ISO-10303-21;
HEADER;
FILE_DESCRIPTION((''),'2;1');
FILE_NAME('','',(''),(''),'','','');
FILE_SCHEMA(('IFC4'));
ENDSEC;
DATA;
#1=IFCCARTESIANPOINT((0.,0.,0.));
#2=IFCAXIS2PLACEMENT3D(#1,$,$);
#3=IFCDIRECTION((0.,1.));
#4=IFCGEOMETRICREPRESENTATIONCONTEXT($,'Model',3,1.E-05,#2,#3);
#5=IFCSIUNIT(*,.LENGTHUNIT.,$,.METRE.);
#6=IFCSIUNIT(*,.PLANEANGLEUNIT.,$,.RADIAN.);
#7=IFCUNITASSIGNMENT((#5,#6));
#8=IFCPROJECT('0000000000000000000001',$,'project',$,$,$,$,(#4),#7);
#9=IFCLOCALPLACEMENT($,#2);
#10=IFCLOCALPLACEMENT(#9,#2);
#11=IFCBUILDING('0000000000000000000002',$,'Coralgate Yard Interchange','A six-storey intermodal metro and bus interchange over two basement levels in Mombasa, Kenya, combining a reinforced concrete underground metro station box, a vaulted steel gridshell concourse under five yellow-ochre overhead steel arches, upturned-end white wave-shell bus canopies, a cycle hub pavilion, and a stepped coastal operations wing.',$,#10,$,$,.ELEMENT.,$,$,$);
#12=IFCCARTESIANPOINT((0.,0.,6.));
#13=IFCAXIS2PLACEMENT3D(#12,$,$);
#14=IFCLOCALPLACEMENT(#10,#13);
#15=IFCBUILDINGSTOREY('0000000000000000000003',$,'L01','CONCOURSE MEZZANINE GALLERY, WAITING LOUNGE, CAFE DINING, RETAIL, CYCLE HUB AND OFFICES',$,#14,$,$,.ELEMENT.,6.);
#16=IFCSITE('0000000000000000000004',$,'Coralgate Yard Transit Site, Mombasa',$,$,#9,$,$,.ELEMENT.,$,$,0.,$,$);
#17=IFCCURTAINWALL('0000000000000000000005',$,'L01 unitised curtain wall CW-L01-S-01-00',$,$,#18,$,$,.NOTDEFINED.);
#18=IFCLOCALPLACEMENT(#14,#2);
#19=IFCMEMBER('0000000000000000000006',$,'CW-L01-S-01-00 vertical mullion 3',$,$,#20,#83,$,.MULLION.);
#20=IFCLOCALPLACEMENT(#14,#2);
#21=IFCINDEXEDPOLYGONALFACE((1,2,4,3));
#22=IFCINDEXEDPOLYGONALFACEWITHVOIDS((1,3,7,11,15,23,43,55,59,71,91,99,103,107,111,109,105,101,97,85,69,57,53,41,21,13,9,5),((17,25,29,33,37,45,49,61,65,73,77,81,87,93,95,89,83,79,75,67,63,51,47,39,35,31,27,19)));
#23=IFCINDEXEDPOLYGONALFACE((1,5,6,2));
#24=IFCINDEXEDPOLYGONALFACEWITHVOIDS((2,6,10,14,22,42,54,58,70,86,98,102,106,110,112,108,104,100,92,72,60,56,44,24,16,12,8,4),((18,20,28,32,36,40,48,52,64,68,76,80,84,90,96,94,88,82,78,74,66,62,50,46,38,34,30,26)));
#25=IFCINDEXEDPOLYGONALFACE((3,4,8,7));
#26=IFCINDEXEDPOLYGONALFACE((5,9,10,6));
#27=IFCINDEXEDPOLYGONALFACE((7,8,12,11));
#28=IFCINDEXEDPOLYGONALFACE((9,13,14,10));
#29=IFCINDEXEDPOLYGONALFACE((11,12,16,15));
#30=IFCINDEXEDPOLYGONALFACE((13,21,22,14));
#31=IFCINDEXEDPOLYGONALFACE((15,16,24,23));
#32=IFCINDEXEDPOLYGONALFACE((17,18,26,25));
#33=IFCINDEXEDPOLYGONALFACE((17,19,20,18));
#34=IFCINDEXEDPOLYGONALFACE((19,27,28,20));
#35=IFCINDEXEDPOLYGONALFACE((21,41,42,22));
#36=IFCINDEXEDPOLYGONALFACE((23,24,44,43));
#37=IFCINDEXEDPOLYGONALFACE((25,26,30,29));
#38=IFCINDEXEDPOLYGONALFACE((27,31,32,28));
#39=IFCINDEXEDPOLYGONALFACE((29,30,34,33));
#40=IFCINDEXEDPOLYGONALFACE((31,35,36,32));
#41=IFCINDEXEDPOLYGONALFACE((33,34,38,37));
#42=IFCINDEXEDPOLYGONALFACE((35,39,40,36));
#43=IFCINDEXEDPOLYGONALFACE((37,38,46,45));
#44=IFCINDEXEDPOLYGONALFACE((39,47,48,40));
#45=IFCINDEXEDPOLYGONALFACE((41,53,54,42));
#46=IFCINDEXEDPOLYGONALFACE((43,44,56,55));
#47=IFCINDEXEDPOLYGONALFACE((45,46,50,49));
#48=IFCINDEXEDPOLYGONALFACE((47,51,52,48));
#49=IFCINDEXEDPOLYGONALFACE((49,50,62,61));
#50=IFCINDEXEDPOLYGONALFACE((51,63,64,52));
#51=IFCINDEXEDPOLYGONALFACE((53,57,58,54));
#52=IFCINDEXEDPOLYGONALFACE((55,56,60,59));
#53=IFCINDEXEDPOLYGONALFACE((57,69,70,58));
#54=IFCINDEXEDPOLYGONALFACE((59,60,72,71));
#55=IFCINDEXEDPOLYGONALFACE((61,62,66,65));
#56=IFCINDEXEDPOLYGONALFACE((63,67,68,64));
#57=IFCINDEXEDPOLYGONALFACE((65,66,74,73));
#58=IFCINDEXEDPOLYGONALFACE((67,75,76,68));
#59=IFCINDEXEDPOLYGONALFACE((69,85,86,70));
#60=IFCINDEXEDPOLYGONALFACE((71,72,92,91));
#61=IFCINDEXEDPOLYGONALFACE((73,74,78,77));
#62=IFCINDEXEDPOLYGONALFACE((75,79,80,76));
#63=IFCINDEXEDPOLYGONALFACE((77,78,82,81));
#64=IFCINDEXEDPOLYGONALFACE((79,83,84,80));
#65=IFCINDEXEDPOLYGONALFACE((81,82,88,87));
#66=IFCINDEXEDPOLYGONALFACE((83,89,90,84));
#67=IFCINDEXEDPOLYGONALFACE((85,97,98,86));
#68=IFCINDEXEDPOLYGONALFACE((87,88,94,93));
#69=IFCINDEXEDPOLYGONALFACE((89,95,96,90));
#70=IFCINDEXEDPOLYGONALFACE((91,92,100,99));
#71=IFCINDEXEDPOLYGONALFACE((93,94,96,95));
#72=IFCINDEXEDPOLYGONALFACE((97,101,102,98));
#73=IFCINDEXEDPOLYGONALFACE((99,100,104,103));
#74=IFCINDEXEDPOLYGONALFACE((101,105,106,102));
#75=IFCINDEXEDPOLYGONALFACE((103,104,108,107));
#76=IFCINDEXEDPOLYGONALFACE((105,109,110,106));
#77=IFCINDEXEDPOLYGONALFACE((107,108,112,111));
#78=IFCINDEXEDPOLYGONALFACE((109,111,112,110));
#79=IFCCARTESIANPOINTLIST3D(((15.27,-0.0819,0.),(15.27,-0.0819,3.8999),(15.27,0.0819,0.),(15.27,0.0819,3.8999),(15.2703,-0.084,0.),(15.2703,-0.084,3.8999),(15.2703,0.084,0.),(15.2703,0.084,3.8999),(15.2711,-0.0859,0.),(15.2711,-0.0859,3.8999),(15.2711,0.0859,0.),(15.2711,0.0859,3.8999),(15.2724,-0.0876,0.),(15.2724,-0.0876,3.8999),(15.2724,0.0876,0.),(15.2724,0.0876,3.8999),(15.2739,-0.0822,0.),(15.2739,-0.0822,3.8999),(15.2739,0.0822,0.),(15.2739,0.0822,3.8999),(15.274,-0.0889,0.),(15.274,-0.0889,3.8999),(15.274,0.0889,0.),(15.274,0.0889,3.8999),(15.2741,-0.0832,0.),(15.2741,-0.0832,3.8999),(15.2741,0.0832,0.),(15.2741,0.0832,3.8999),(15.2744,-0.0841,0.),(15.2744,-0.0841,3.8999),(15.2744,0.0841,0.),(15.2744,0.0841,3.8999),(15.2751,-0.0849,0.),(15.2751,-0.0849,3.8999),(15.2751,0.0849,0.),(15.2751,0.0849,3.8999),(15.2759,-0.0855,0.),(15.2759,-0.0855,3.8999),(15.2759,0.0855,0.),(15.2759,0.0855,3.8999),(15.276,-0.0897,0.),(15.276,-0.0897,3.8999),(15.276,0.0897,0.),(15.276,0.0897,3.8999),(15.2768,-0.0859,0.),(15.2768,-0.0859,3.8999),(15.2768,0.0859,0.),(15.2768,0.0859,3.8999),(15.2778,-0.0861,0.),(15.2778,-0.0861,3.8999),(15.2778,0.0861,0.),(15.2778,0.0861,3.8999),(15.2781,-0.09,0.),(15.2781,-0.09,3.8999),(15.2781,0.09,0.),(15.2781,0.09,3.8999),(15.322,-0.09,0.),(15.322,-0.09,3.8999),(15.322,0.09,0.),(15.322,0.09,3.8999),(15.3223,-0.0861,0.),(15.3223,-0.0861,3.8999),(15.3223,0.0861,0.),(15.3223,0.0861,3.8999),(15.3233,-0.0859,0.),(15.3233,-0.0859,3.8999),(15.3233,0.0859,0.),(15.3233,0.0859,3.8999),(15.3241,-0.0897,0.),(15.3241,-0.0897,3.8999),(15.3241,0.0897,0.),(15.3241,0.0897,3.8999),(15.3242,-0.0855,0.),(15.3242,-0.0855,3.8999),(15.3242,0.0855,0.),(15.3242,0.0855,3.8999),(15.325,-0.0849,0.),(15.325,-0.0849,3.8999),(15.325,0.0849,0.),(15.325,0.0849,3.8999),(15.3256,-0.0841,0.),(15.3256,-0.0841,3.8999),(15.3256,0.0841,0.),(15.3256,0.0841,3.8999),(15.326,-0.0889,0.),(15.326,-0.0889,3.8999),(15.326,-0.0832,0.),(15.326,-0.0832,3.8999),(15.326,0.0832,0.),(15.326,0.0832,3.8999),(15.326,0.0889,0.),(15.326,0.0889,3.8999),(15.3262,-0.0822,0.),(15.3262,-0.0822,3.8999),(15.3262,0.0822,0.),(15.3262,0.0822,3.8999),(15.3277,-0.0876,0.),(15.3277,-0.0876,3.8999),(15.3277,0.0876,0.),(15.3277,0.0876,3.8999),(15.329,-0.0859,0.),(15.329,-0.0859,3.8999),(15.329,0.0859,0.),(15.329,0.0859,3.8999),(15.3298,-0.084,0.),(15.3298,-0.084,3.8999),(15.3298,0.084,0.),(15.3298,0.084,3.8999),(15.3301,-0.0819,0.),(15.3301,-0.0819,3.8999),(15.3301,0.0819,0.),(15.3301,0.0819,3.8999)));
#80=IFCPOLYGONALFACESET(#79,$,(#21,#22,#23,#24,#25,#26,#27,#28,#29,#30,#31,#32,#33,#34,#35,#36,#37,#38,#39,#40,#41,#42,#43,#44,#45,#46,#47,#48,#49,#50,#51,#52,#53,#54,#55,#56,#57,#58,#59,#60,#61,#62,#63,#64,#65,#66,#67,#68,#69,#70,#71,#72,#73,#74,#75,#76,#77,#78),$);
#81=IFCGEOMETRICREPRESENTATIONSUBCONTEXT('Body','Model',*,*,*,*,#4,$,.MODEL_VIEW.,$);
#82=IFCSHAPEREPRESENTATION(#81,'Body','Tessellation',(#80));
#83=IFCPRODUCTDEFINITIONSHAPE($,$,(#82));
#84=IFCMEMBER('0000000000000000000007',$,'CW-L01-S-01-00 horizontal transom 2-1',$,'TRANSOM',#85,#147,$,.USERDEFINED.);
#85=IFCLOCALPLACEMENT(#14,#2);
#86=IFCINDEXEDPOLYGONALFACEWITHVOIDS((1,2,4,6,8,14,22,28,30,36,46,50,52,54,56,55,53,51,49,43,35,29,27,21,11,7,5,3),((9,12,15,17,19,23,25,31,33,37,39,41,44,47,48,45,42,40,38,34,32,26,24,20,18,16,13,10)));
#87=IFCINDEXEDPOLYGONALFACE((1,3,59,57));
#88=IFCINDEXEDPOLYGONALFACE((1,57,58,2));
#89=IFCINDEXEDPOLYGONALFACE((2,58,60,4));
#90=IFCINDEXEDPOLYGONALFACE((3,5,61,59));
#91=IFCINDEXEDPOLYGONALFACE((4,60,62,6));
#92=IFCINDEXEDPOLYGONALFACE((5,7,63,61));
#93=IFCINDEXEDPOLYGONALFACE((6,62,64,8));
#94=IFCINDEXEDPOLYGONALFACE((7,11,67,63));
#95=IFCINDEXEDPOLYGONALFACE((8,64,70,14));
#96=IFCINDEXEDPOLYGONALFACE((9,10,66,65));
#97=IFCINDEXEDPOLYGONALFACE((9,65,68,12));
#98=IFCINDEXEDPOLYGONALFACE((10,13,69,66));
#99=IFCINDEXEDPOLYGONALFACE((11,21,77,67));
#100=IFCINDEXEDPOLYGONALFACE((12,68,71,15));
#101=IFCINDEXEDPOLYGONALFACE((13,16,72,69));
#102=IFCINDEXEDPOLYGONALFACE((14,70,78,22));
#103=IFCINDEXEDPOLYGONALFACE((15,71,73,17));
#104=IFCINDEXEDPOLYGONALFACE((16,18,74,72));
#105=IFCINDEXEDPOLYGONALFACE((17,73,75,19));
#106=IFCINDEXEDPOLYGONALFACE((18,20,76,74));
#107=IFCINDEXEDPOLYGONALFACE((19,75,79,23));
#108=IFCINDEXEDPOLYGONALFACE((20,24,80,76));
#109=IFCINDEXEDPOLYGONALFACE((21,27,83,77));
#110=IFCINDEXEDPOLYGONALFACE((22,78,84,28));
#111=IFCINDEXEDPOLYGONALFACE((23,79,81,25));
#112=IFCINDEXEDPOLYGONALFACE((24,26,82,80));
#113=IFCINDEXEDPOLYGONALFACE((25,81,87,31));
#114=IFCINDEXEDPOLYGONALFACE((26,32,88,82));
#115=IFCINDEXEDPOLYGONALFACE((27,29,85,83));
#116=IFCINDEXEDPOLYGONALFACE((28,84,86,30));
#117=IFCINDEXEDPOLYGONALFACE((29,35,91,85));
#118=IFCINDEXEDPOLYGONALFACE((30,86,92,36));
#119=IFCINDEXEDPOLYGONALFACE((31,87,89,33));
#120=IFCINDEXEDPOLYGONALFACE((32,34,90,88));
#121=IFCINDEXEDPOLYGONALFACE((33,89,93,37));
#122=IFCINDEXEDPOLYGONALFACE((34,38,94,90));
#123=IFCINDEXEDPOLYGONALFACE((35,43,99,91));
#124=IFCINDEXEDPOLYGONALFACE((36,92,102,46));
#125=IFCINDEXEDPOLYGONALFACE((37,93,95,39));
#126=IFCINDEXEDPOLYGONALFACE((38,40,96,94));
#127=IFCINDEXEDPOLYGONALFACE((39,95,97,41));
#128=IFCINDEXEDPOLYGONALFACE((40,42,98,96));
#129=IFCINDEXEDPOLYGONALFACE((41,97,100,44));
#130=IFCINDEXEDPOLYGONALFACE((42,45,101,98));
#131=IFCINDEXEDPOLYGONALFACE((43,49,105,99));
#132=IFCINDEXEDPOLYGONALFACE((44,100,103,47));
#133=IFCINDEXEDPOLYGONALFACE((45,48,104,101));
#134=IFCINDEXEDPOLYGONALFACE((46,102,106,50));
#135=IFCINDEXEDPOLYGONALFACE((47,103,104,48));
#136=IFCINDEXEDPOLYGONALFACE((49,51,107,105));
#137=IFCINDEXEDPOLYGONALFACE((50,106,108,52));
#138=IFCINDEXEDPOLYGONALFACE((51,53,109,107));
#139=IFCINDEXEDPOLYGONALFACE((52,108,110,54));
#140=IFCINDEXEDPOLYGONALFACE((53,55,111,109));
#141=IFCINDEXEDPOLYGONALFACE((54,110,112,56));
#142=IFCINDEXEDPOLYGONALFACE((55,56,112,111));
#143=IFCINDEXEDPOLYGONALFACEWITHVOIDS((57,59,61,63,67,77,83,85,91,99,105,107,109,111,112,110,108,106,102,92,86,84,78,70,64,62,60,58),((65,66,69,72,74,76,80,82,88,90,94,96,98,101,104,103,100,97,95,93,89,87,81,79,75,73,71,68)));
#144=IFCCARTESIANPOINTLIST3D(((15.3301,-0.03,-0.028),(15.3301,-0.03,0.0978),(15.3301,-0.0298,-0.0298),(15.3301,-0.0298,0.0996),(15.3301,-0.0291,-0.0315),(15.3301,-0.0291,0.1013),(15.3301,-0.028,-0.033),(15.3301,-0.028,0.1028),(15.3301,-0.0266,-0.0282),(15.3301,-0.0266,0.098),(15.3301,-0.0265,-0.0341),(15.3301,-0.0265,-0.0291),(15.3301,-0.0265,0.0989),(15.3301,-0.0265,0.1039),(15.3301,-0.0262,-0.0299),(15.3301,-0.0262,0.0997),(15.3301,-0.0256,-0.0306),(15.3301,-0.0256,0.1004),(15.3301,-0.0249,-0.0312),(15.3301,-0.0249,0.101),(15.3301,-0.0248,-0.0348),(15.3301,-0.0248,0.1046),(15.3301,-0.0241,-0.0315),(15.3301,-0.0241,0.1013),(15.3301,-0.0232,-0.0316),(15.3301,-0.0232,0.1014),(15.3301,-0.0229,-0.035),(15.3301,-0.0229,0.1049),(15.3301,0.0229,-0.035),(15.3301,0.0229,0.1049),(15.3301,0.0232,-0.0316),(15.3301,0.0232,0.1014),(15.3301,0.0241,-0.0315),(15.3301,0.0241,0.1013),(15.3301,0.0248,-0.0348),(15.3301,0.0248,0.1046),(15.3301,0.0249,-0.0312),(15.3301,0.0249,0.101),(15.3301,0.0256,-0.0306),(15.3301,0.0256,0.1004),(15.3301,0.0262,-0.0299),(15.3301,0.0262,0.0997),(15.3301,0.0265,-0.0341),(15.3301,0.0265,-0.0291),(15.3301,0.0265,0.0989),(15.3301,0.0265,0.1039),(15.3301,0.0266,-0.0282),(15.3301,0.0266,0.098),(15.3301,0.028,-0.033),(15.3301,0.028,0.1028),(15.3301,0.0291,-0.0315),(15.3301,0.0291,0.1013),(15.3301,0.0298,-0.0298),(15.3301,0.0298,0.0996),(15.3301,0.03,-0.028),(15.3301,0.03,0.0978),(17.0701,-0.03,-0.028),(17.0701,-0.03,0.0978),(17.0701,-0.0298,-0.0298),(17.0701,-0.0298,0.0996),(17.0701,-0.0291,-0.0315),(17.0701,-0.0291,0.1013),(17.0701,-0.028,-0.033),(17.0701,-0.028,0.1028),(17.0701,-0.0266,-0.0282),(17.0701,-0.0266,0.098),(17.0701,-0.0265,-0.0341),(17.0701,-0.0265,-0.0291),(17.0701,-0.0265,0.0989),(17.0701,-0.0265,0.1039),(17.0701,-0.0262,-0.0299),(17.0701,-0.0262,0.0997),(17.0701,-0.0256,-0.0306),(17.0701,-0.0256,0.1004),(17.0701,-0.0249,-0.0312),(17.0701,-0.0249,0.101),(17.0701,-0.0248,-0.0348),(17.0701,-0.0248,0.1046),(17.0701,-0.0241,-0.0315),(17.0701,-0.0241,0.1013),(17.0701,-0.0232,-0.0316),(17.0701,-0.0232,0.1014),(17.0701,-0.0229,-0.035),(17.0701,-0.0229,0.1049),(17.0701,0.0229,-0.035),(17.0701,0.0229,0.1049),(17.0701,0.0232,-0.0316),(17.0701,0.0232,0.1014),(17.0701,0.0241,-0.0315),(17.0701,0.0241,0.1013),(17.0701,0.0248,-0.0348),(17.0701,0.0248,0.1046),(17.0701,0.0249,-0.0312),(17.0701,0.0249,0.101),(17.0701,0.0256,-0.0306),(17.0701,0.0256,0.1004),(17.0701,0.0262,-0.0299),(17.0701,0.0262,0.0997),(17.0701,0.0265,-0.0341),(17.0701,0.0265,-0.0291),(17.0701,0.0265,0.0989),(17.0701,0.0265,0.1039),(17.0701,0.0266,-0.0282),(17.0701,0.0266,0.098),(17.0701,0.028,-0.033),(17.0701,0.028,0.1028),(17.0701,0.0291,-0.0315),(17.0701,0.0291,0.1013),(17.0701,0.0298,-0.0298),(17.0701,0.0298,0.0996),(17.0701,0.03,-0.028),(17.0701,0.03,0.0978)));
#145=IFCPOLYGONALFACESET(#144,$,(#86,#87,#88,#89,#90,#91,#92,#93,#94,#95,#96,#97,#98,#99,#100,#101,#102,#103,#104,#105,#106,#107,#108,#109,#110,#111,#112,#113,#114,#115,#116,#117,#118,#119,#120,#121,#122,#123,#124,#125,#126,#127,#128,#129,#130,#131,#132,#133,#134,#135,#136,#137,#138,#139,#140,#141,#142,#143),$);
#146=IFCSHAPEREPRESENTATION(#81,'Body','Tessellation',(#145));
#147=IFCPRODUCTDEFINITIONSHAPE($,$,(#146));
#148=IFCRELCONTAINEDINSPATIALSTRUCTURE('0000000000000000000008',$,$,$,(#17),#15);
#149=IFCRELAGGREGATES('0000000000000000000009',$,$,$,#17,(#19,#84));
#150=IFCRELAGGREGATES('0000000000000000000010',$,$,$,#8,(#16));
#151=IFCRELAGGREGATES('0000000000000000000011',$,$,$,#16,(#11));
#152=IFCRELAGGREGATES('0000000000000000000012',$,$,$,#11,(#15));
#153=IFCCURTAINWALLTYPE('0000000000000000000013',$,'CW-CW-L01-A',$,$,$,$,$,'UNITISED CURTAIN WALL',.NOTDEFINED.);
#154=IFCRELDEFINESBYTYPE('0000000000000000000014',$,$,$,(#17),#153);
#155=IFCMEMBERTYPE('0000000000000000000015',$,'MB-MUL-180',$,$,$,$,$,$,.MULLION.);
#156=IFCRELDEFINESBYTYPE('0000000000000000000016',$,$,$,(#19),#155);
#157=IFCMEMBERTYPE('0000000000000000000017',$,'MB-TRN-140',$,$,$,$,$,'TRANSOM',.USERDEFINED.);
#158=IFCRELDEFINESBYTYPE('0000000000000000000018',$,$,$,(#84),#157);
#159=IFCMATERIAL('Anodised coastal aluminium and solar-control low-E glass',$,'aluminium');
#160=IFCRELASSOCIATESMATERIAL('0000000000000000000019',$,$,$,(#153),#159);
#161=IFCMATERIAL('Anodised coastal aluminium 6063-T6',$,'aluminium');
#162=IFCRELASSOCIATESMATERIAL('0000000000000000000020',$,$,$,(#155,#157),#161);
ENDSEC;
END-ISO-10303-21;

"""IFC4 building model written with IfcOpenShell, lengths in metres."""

from ifc_helpers import new_model, si_unit, direction, frame, origin, origin_2d, place, context, subcontext, project, spatial, hollow_rectangle, extrude, material, material_profile, profile_set, type_object, element, aggregate, save


model = new_model("IFC4")

# Units and contexts
model_context = context("Model", 3, precision=1e-05, world=origin(), true_north=direction((0.0, 1.0)))
body_context = subcontext(model_context, "Body", "Model", "MODEL_VIEW")
ifc_project = project(units=[si_unit("LENGTHUNIT", "METRE"), si_unit("PLANEANGLEUNIT", "RADIAN")], contexts=[model_context])

# Site, building, storey
site_placement = place(None, origin())
site = spatial("IfcSite", under=ifc_project, at=site_placement, Name="Coralgate Yard Transit Site, Mombasa", CompositionType="ELEMENT", RefElevation=0.0)
building_placement = place(site_placement, origin())
building = spatial("IfcBuilding", under=site, at=building_placement, Name="Coralgate Yard Interchange", Description="A six-storey intermodal metro and bus interchange over two basement levels in Mombasa, Kenya, combining a reinforced concrete underground metro station box, a vaulted steel gridshell concourse under five yellow-ochre overhead steel arches, upturned-end white wave-shell bus canopies, a cycle hub pavilion, and a stepped coastal operations wing.", CompositionType="ELEMENT")
storey_placement = place(building_placement, frame((0.0, 0.0, 6.0)))
storey = spatial("IfcBuildingStorey", under=building, at=storey_placement, Name="L01", Description="CONCOURSE MEZZANINE GALLERY, WAITING LOUNGE, CAFE DINING, RETAIL, CYCLE HUB AND OFFICES", CompositionType="ELEMENT", Elevation=6.0)

# Curtain wall, members
ifc_material_1 = material(Name="Anodised coastal aluminium and solar-control low-E glass", Category="aluminium")
curtain_wall_type = type_object("IfcCurtainWallType", Name="CW-CW-L01-A", ElementType="UNITISED CURTAIN WALL", PredefinedType="NOTDEFINED", material=ifc_material_1)
curtain_wall_placement = place(storey_placement, origin())
curtain_wall = element("IfcCurtainWall", 1, at=curtain_wall_placement, inside=storey, type_object=curtain_wall_type, Name="L01 unitised curtain wall CW-L01-S-01-00", PredefinedType="NOTDEFINED")
ifc_material_2 = material(Name="Anodised coastal aluminium 6063-T6", Category="aluminium")
ifc_material_profile_1 = material_profile(ifc_material_2, hollow_rectangle(XDim=0.0601, YDim=0.1799, WallThickness=0.0039, InnerFilletRadius=0.0039, OuterFilletRadius=0.0081, at=origin_2d()), Name="ALU 60x180x4")
ifc_profile_set_1 = profile_set([ifc_material_profile_1], Name="Anodised coastal aluminium 6063-T6")
member_type_1 = type_object("IfcMemberType", Name="MB-MUL-180", PredefinedType="MULLION", material=ifc_profile_set_1)
member_1_placement = place(storey_placement, frame((15.3, 0.0, 0.0), z_axis=(0.0, 0.0, 1.0), x_axis=(1.0, 0.0, 0.0)))
member_1 = element("IfcMember", 2, at=member_1_placement, type_object=member_type_1, Name="CW-L01-S-01-00 vertical mullion 3", PredefinedType="MULLION", context=body_context, shape_type="SweptSolid", body=[
    extrude(hollow_rectangle(XDim=0.0601, YDim=0.1799, WallThickness=0.0039, InnerFilletRadius=0.0039, OuterFilletRadius=0.0081, at=origin_2d()), origin(), (0.0, 0.0, 1.0), 3.8999),
])
ifc_material_profile_2 = material_profile(ifc_material_2, hollow_rectangle(XDim=0.0601, YDim=0.1399, WallThickness=0.0034, InnerFilletRadius=0.0034, OuterFilletRadius=0.0071, at=origin_2d()), Name="ALU 60x140x3.5")
ifc_profile_set_2 = profile_set([ifc_material_profile_2], Name="Anodised coastal aluminium 6063-T6")
member_type_2 = type_object("IfcMemberType", Name="MB-TRN-140", ElementType="TRANSOM", PredefinedType="USERDEFINED", material=ifc_profile_set_2)
member_2_placement = place(storey_placement, frame((17.0701, 0.0, 0.0349), z_axis=(-1.0, 0.0, 0.0), x_axis=(0.0, -1.0, 0.0)))
member_2 = element("IfcMember", 3, at=member_2_placement, type_object=member_type_2, Name="CW-L01-S-01-00 horizontal transom 2-1", ObjectType="TRANSOM", PredefinedType="USERDEFINED", context=body_context, shape_type="SweptSolid", body=[
    extrude(hollow_rectangle(XDim=0.0601, YDim=0.1399, WallThickness=0.0034, InnerFilletRadius=0.0034, OuterFilletRadius=0.0071, at=origin_2d()), origin(), (0.0, 0.0, 1.0), 1.74),
])
aggregate(curtain_wall, [member_1, member_2])

save(model, "model.ifc")
